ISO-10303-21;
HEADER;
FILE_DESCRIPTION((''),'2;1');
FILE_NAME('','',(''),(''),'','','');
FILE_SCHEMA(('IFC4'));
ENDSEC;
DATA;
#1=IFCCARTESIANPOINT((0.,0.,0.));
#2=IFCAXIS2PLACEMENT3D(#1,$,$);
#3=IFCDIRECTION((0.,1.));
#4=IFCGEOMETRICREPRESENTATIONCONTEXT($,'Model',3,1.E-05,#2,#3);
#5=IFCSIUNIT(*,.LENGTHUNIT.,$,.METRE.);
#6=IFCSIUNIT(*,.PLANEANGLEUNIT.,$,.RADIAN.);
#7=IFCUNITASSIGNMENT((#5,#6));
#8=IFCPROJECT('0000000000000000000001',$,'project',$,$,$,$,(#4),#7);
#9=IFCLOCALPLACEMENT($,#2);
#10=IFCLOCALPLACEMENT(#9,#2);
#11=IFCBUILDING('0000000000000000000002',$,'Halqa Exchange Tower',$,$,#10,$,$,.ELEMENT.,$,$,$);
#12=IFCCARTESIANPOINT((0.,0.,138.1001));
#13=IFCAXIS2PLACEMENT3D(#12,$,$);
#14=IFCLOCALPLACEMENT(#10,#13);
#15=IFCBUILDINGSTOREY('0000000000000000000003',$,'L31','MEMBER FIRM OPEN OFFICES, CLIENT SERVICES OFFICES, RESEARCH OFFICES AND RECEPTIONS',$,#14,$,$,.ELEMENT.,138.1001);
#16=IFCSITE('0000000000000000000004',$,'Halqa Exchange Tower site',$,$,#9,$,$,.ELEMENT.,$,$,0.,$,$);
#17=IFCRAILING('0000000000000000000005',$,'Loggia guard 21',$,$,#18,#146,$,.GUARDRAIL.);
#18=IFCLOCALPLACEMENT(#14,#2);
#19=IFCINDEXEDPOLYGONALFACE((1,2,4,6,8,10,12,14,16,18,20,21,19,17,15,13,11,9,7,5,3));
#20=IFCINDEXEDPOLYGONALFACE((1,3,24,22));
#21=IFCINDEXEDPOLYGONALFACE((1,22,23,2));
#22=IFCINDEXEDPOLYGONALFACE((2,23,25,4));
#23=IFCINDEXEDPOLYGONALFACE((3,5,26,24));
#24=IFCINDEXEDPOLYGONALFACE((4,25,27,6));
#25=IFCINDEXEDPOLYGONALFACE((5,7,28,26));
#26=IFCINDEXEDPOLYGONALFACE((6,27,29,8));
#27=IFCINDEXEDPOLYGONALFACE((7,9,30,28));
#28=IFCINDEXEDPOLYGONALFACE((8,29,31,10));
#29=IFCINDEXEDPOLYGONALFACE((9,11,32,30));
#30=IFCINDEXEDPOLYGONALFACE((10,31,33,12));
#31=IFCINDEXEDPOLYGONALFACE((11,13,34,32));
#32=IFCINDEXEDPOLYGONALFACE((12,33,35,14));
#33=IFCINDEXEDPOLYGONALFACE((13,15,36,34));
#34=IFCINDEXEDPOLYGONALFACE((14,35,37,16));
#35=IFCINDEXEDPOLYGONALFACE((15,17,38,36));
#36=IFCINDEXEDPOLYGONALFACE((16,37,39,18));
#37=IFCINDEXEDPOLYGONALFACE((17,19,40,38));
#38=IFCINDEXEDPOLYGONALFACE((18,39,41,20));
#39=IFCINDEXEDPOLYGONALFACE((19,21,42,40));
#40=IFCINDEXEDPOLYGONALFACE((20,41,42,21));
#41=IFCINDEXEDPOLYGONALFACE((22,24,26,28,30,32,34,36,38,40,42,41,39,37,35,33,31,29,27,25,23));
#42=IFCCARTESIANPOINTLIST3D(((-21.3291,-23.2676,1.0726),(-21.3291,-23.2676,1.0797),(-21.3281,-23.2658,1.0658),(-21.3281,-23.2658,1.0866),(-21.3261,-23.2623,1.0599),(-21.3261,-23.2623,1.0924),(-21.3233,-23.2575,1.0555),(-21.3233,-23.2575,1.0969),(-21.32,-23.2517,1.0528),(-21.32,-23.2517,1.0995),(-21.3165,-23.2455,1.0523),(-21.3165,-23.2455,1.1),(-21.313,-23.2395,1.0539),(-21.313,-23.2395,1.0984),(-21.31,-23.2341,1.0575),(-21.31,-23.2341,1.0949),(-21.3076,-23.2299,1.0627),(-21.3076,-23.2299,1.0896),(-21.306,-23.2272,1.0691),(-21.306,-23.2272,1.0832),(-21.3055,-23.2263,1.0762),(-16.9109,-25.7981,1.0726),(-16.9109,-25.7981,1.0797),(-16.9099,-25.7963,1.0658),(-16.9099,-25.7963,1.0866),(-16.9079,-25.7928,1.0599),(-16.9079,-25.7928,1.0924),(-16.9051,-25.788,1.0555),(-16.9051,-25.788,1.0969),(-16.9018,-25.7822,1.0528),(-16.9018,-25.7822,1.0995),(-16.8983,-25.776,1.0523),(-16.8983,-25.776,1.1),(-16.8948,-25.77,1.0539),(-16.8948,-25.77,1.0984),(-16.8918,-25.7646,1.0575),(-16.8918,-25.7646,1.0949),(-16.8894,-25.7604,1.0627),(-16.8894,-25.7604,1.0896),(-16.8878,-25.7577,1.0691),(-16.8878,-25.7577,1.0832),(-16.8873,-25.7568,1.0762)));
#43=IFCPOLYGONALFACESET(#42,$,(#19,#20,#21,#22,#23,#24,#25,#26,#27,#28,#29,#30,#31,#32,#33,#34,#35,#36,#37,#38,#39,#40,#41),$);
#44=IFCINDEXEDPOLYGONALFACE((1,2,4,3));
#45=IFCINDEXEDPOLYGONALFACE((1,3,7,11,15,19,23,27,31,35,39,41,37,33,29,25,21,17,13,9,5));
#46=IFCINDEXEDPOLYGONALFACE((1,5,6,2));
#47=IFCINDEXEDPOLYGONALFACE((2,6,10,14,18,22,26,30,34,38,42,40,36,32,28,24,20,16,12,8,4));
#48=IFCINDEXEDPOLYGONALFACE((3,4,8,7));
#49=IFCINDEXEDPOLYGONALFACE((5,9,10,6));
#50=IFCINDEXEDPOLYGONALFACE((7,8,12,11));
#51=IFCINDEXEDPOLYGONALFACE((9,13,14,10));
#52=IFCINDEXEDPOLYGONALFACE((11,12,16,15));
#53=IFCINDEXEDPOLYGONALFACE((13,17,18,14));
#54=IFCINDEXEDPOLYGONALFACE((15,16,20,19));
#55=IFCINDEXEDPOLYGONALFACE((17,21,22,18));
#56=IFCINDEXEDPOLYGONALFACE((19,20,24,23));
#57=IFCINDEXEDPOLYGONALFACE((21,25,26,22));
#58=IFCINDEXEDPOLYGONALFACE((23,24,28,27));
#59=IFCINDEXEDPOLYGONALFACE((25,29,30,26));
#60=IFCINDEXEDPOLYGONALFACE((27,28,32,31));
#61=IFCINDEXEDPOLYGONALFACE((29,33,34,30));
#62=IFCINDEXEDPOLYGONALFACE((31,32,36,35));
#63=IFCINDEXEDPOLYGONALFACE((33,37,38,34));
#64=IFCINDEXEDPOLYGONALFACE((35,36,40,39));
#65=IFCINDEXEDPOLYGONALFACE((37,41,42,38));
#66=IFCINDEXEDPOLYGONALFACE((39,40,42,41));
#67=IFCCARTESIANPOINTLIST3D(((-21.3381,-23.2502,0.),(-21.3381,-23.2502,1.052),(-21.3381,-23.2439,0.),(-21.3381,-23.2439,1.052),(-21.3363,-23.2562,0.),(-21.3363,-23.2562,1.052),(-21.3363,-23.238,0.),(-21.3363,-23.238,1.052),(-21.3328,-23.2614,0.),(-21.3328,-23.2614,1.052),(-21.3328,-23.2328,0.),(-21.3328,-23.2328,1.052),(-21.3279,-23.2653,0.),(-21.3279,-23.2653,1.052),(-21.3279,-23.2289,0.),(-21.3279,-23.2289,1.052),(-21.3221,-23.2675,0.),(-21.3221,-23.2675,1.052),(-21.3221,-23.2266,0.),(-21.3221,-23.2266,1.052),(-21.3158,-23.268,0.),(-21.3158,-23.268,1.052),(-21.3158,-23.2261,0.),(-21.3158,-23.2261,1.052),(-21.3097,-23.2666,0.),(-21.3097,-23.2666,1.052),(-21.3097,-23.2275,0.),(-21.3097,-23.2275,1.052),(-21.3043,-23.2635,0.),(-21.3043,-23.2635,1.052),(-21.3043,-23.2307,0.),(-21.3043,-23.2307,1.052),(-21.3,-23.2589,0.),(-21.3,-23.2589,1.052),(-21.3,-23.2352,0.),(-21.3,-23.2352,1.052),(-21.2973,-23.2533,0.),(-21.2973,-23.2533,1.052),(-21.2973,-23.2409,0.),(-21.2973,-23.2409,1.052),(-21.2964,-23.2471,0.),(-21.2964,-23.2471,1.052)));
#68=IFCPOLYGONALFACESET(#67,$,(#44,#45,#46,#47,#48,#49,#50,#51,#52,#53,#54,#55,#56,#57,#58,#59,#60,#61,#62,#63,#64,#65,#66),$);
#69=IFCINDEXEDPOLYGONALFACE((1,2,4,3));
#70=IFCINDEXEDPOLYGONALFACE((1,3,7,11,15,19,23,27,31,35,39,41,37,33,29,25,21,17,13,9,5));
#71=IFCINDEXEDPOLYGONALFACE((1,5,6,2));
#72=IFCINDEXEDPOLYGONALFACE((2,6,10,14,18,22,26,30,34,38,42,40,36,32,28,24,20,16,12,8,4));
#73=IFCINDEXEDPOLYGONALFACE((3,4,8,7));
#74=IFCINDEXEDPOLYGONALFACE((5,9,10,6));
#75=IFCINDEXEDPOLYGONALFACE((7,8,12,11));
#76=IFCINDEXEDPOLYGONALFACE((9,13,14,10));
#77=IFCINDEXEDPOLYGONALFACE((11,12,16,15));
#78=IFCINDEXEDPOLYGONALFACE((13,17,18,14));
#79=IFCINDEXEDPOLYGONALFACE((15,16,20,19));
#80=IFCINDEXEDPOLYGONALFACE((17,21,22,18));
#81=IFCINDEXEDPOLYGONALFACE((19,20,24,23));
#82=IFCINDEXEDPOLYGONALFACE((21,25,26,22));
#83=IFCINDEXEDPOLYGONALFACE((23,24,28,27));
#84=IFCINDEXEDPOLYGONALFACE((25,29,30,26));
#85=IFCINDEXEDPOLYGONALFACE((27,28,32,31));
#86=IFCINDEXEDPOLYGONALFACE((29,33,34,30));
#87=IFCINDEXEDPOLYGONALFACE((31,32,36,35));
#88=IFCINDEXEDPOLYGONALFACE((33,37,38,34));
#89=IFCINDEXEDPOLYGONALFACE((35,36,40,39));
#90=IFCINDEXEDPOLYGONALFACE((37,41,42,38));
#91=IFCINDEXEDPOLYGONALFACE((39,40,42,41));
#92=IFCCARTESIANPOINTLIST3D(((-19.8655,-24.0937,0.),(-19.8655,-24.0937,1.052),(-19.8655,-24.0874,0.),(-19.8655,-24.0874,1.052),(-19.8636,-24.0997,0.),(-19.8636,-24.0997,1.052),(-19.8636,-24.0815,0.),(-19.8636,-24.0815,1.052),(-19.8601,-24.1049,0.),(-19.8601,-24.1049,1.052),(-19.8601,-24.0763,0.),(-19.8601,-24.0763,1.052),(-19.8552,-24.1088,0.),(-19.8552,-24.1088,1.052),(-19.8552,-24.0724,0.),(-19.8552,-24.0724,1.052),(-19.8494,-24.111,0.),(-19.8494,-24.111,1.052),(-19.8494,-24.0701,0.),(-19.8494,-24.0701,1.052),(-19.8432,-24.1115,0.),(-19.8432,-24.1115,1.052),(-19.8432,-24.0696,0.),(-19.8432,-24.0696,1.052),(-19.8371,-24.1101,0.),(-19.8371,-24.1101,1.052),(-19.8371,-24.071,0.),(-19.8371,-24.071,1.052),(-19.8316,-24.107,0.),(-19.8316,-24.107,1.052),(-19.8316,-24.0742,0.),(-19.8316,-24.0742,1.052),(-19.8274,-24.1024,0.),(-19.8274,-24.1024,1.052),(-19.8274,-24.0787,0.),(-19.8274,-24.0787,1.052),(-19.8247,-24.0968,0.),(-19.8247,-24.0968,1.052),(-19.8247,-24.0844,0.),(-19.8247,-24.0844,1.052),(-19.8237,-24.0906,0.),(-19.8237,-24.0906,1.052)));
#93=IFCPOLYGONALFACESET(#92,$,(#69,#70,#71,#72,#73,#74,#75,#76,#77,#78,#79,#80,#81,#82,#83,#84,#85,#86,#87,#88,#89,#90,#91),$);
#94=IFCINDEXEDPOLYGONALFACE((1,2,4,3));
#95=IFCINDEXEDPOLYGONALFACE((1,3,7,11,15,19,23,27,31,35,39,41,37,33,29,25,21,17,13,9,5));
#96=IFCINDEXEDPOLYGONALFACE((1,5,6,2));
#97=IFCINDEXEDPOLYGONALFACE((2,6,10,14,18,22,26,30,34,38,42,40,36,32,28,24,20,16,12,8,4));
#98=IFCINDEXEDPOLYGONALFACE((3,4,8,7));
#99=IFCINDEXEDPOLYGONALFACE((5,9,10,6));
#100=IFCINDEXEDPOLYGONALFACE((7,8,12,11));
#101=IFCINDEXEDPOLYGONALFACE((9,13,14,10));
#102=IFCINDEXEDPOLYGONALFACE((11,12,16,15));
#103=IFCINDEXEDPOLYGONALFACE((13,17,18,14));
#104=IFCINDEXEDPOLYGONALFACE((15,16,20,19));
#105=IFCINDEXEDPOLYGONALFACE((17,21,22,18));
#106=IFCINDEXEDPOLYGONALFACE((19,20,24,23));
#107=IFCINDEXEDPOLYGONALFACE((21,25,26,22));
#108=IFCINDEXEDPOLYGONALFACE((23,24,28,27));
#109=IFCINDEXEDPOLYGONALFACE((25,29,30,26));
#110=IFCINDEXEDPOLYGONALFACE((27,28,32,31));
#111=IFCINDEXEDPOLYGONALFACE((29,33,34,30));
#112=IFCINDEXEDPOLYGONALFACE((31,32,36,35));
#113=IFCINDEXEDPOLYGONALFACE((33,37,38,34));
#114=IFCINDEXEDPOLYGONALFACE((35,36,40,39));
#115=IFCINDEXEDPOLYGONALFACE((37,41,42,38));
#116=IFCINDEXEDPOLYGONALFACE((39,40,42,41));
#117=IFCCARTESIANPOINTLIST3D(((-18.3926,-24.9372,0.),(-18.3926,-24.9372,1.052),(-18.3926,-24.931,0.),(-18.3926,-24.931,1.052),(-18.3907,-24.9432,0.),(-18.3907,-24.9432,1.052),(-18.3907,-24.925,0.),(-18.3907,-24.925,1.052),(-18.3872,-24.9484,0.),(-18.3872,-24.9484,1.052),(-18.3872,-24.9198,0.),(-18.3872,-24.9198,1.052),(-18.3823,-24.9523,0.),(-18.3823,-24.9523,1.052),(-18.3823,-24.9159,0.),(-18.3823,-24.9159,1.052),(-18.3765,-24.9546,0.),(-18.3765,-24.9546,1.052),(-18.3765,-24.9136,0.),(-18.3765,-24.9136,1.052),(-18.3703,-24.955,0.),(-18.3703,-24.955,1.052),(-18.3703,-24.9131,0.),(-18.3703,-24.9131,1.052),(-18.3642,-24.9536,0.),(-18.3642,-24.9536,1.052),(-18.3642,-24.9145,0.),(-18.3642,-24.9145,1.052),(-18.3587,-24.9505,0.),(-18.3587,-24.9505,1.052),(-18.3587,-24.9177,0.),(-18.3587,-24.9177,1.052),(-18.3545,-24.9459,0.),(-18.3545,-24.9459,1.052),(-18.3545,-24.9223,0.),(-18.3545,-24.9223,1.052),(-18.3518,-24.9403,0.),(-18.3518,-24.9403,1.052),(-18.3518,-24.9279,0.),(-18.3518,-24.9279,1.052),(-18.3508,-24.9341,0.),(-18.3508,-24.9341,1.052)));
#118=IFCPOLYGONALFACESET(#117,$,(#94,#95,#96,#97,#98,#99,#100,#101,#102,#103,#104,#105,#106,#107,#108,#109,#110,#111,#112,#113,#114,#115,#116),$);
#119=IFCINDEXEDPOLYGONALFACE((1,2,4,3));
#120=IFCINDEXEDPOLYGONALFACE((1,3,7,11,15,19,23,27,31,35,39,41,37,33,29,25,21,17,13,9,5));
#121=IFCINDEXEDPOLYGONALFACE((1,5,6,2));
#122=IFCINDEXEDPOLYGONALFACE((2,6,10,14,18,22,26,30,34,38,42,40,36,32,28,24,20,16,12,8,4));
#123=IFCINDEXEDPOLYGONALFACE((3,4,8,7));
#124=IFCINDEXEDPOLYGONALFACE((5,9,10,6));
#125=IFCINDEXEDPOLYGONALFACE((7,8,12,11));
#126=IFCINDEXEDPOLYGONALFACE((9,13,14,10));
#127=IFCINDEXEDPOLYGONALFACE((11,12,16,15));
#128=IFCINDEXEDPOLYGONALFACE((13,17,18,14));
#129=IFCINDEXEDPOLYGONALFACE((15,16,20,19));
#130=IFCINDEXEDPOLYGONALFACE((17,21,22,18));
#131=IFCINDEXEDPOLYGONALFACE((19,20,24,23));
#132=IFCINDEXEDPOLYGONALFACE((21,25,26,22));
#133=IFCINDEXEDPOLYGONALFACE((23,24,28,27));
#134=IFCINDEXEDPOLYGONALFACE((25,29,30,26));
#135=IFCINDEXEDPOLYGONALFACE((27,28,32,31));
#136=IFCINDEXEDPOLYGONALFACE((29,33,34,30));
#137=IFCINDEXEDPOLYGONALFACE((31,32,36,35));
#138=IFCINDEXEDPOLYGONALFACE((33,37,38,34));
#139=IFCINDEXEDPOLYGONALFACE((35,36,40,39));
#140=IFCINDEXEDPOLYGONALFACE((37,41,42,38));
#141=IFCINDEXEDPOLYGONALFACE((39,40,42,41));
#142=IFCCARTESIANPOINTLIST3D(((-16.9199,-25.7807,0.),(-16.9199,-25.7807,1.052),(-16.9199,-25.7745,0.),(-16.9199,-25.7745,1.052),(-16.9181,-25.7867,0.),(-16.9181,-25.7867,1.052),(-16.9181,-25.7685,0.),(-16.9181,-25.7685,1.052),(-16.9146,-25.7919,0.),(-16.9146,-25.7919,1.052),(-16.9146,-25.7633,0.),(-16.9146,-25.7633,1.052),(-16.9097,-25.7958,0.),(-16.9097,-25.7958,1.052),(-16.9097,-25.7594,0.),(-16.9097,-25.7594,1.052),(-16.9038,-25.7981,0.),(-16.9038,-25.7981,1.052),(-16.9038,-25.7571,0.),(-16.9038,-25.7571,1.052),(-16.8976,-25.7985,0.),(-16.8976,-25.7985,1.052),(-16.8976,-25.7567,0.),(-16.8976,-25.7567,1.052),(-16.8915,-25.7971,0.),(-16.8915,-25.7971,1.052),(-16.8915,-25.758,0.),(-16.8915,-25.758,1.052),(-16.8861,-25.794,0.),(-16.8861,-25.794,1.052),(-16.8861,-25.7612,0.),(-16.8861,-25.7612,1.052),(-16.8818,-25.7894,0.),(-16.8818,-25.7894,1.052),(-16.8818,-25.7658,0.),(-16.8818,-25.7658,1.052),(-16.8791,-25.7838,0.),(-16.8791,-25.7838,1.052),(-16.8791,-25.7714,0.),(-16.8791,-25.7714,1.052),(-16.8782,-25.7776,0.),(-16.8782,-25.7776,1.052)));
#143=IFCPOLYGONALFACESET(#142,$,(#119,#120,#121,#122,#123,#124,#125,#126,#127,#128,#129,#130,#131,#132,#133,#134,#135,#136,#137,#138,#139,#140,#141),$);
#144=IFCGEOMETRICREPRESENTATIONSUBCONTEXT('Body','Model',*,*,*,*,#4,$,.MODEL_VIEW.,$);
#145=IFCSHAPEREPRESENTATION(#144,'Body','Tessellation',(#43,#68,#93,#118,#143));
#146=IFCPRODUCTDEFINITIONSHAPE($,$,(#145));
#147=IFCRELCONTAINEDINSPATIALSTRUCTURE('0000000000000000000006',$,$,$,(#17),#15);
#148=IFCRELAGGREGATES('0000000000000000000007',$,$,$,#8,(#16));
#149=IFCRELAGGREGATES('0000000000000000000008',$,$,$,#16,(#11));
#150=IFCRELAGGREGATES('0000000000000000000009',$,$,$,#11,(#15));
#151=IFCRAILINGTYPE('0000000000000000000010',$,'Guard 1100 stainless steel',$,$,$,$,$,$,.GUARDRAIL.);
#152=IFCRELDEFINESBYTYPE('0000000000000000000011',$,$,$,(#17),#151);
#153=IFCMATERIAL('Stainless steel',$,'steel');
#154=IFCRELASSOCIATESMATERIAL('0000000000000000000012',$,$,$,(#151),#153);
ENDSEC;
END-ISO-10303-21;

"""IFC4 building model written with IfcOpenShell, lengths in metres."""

from ifc_helpers import new_model, si_unit, direction, frame, origin, origin_2d, place, context, subcontext, project, spatial, circle, extrude, material, type_object, element, save


model = new_model("IFC4")

# Units and contexts
model_context = context("Model", 3, precision=1e-05, world=origin(), true_north=direction((0.0, 1.0)))
body_context = subcontext(model_context, "Body", "Model", "MODEL_VIEW")
ifc_project = project(units=[si_unit("LENGTHUNIT", "METRE"), si_unit("PLANEANGLEUNIT", "RADIAN")], contexts=[model_context])

# Site, building, storey
site_placement = place(None, origin())
site = spatial("IfcSite", under=ifc_project, at=site_placement, Name="Halqa Exchange Tower site", CompositionType="ELEMENT", RefElevation=0.0)
building_placement = place(site_placement, origin())
building = spatial("IfcBuilding", under=site, at=building_placement, Name="Halqa Exchange Tower", CompositionType="ELEMENT")
storey_placement = place(building_placement, frame((0.0, 0.0, 138.1001)))
storey = spatial("IfcBuildingStorey", under=building, at=storey_placement, Name="L31", Description="MEMBER FIRM OPEN OFFICES, CLIENT SERVICES OFFICES, RESEARCH OFFICES AND RECEPTIONS", CompositionType="ELEMENT", Elevation=138.1001)

# Railing
ifc_material_1 = material(Name="Stainless steel", Category="steel")
railing_type = type_object("IfcRailingType", Name="Guard 1100 stainless steel", PredefinedType="GUARDRAIL", material=ifc_material_1)
railing_1_placement = place(storey_placement, frame((-21.3174, -23.2471, 0.0)))
element("IfcRailing", 1, at=railing_1_placement, inside=storey, type_object=railing_type, Name="Loggia guard 21", PredefinedType="GUARDRAIL", context=body_context, shape_type="SweptSolid", body=[
    extrude(circle(Radius=0.0239, at=origin_2d()), frame((0.0, 0.0, 1.0762), z_axis=(0.86775, -0.497001, 0.0), x_axis=(0.497001, 0.86775, 0.0)), (0.0, 0.0, 1.0), 5.0916),
    extrude(circle(Radius=0.021, at=origin_2d()), origin(), (0.0, 0.0, 1.0), 1.052),
    extrude(circle(Radius=0.021, at=origin_2d()), frame((1.4727, -0.8435, 0.0)), (0.0, 0.0, 1.0), 1.052),
    extrude(circle(Radius=0.021, at=origin_2d()), frame((2.9456, -1.687, 0.0)), (0.0, 0.0, 1.0), 1.052),
    extrude(circle(Radius=0.021, at=origin_2d()), frame((4.4182, -2.5305, 0.0)), (0.0, 0.0, 1.0), 1.052),
])

save(model, "model.ifc")
